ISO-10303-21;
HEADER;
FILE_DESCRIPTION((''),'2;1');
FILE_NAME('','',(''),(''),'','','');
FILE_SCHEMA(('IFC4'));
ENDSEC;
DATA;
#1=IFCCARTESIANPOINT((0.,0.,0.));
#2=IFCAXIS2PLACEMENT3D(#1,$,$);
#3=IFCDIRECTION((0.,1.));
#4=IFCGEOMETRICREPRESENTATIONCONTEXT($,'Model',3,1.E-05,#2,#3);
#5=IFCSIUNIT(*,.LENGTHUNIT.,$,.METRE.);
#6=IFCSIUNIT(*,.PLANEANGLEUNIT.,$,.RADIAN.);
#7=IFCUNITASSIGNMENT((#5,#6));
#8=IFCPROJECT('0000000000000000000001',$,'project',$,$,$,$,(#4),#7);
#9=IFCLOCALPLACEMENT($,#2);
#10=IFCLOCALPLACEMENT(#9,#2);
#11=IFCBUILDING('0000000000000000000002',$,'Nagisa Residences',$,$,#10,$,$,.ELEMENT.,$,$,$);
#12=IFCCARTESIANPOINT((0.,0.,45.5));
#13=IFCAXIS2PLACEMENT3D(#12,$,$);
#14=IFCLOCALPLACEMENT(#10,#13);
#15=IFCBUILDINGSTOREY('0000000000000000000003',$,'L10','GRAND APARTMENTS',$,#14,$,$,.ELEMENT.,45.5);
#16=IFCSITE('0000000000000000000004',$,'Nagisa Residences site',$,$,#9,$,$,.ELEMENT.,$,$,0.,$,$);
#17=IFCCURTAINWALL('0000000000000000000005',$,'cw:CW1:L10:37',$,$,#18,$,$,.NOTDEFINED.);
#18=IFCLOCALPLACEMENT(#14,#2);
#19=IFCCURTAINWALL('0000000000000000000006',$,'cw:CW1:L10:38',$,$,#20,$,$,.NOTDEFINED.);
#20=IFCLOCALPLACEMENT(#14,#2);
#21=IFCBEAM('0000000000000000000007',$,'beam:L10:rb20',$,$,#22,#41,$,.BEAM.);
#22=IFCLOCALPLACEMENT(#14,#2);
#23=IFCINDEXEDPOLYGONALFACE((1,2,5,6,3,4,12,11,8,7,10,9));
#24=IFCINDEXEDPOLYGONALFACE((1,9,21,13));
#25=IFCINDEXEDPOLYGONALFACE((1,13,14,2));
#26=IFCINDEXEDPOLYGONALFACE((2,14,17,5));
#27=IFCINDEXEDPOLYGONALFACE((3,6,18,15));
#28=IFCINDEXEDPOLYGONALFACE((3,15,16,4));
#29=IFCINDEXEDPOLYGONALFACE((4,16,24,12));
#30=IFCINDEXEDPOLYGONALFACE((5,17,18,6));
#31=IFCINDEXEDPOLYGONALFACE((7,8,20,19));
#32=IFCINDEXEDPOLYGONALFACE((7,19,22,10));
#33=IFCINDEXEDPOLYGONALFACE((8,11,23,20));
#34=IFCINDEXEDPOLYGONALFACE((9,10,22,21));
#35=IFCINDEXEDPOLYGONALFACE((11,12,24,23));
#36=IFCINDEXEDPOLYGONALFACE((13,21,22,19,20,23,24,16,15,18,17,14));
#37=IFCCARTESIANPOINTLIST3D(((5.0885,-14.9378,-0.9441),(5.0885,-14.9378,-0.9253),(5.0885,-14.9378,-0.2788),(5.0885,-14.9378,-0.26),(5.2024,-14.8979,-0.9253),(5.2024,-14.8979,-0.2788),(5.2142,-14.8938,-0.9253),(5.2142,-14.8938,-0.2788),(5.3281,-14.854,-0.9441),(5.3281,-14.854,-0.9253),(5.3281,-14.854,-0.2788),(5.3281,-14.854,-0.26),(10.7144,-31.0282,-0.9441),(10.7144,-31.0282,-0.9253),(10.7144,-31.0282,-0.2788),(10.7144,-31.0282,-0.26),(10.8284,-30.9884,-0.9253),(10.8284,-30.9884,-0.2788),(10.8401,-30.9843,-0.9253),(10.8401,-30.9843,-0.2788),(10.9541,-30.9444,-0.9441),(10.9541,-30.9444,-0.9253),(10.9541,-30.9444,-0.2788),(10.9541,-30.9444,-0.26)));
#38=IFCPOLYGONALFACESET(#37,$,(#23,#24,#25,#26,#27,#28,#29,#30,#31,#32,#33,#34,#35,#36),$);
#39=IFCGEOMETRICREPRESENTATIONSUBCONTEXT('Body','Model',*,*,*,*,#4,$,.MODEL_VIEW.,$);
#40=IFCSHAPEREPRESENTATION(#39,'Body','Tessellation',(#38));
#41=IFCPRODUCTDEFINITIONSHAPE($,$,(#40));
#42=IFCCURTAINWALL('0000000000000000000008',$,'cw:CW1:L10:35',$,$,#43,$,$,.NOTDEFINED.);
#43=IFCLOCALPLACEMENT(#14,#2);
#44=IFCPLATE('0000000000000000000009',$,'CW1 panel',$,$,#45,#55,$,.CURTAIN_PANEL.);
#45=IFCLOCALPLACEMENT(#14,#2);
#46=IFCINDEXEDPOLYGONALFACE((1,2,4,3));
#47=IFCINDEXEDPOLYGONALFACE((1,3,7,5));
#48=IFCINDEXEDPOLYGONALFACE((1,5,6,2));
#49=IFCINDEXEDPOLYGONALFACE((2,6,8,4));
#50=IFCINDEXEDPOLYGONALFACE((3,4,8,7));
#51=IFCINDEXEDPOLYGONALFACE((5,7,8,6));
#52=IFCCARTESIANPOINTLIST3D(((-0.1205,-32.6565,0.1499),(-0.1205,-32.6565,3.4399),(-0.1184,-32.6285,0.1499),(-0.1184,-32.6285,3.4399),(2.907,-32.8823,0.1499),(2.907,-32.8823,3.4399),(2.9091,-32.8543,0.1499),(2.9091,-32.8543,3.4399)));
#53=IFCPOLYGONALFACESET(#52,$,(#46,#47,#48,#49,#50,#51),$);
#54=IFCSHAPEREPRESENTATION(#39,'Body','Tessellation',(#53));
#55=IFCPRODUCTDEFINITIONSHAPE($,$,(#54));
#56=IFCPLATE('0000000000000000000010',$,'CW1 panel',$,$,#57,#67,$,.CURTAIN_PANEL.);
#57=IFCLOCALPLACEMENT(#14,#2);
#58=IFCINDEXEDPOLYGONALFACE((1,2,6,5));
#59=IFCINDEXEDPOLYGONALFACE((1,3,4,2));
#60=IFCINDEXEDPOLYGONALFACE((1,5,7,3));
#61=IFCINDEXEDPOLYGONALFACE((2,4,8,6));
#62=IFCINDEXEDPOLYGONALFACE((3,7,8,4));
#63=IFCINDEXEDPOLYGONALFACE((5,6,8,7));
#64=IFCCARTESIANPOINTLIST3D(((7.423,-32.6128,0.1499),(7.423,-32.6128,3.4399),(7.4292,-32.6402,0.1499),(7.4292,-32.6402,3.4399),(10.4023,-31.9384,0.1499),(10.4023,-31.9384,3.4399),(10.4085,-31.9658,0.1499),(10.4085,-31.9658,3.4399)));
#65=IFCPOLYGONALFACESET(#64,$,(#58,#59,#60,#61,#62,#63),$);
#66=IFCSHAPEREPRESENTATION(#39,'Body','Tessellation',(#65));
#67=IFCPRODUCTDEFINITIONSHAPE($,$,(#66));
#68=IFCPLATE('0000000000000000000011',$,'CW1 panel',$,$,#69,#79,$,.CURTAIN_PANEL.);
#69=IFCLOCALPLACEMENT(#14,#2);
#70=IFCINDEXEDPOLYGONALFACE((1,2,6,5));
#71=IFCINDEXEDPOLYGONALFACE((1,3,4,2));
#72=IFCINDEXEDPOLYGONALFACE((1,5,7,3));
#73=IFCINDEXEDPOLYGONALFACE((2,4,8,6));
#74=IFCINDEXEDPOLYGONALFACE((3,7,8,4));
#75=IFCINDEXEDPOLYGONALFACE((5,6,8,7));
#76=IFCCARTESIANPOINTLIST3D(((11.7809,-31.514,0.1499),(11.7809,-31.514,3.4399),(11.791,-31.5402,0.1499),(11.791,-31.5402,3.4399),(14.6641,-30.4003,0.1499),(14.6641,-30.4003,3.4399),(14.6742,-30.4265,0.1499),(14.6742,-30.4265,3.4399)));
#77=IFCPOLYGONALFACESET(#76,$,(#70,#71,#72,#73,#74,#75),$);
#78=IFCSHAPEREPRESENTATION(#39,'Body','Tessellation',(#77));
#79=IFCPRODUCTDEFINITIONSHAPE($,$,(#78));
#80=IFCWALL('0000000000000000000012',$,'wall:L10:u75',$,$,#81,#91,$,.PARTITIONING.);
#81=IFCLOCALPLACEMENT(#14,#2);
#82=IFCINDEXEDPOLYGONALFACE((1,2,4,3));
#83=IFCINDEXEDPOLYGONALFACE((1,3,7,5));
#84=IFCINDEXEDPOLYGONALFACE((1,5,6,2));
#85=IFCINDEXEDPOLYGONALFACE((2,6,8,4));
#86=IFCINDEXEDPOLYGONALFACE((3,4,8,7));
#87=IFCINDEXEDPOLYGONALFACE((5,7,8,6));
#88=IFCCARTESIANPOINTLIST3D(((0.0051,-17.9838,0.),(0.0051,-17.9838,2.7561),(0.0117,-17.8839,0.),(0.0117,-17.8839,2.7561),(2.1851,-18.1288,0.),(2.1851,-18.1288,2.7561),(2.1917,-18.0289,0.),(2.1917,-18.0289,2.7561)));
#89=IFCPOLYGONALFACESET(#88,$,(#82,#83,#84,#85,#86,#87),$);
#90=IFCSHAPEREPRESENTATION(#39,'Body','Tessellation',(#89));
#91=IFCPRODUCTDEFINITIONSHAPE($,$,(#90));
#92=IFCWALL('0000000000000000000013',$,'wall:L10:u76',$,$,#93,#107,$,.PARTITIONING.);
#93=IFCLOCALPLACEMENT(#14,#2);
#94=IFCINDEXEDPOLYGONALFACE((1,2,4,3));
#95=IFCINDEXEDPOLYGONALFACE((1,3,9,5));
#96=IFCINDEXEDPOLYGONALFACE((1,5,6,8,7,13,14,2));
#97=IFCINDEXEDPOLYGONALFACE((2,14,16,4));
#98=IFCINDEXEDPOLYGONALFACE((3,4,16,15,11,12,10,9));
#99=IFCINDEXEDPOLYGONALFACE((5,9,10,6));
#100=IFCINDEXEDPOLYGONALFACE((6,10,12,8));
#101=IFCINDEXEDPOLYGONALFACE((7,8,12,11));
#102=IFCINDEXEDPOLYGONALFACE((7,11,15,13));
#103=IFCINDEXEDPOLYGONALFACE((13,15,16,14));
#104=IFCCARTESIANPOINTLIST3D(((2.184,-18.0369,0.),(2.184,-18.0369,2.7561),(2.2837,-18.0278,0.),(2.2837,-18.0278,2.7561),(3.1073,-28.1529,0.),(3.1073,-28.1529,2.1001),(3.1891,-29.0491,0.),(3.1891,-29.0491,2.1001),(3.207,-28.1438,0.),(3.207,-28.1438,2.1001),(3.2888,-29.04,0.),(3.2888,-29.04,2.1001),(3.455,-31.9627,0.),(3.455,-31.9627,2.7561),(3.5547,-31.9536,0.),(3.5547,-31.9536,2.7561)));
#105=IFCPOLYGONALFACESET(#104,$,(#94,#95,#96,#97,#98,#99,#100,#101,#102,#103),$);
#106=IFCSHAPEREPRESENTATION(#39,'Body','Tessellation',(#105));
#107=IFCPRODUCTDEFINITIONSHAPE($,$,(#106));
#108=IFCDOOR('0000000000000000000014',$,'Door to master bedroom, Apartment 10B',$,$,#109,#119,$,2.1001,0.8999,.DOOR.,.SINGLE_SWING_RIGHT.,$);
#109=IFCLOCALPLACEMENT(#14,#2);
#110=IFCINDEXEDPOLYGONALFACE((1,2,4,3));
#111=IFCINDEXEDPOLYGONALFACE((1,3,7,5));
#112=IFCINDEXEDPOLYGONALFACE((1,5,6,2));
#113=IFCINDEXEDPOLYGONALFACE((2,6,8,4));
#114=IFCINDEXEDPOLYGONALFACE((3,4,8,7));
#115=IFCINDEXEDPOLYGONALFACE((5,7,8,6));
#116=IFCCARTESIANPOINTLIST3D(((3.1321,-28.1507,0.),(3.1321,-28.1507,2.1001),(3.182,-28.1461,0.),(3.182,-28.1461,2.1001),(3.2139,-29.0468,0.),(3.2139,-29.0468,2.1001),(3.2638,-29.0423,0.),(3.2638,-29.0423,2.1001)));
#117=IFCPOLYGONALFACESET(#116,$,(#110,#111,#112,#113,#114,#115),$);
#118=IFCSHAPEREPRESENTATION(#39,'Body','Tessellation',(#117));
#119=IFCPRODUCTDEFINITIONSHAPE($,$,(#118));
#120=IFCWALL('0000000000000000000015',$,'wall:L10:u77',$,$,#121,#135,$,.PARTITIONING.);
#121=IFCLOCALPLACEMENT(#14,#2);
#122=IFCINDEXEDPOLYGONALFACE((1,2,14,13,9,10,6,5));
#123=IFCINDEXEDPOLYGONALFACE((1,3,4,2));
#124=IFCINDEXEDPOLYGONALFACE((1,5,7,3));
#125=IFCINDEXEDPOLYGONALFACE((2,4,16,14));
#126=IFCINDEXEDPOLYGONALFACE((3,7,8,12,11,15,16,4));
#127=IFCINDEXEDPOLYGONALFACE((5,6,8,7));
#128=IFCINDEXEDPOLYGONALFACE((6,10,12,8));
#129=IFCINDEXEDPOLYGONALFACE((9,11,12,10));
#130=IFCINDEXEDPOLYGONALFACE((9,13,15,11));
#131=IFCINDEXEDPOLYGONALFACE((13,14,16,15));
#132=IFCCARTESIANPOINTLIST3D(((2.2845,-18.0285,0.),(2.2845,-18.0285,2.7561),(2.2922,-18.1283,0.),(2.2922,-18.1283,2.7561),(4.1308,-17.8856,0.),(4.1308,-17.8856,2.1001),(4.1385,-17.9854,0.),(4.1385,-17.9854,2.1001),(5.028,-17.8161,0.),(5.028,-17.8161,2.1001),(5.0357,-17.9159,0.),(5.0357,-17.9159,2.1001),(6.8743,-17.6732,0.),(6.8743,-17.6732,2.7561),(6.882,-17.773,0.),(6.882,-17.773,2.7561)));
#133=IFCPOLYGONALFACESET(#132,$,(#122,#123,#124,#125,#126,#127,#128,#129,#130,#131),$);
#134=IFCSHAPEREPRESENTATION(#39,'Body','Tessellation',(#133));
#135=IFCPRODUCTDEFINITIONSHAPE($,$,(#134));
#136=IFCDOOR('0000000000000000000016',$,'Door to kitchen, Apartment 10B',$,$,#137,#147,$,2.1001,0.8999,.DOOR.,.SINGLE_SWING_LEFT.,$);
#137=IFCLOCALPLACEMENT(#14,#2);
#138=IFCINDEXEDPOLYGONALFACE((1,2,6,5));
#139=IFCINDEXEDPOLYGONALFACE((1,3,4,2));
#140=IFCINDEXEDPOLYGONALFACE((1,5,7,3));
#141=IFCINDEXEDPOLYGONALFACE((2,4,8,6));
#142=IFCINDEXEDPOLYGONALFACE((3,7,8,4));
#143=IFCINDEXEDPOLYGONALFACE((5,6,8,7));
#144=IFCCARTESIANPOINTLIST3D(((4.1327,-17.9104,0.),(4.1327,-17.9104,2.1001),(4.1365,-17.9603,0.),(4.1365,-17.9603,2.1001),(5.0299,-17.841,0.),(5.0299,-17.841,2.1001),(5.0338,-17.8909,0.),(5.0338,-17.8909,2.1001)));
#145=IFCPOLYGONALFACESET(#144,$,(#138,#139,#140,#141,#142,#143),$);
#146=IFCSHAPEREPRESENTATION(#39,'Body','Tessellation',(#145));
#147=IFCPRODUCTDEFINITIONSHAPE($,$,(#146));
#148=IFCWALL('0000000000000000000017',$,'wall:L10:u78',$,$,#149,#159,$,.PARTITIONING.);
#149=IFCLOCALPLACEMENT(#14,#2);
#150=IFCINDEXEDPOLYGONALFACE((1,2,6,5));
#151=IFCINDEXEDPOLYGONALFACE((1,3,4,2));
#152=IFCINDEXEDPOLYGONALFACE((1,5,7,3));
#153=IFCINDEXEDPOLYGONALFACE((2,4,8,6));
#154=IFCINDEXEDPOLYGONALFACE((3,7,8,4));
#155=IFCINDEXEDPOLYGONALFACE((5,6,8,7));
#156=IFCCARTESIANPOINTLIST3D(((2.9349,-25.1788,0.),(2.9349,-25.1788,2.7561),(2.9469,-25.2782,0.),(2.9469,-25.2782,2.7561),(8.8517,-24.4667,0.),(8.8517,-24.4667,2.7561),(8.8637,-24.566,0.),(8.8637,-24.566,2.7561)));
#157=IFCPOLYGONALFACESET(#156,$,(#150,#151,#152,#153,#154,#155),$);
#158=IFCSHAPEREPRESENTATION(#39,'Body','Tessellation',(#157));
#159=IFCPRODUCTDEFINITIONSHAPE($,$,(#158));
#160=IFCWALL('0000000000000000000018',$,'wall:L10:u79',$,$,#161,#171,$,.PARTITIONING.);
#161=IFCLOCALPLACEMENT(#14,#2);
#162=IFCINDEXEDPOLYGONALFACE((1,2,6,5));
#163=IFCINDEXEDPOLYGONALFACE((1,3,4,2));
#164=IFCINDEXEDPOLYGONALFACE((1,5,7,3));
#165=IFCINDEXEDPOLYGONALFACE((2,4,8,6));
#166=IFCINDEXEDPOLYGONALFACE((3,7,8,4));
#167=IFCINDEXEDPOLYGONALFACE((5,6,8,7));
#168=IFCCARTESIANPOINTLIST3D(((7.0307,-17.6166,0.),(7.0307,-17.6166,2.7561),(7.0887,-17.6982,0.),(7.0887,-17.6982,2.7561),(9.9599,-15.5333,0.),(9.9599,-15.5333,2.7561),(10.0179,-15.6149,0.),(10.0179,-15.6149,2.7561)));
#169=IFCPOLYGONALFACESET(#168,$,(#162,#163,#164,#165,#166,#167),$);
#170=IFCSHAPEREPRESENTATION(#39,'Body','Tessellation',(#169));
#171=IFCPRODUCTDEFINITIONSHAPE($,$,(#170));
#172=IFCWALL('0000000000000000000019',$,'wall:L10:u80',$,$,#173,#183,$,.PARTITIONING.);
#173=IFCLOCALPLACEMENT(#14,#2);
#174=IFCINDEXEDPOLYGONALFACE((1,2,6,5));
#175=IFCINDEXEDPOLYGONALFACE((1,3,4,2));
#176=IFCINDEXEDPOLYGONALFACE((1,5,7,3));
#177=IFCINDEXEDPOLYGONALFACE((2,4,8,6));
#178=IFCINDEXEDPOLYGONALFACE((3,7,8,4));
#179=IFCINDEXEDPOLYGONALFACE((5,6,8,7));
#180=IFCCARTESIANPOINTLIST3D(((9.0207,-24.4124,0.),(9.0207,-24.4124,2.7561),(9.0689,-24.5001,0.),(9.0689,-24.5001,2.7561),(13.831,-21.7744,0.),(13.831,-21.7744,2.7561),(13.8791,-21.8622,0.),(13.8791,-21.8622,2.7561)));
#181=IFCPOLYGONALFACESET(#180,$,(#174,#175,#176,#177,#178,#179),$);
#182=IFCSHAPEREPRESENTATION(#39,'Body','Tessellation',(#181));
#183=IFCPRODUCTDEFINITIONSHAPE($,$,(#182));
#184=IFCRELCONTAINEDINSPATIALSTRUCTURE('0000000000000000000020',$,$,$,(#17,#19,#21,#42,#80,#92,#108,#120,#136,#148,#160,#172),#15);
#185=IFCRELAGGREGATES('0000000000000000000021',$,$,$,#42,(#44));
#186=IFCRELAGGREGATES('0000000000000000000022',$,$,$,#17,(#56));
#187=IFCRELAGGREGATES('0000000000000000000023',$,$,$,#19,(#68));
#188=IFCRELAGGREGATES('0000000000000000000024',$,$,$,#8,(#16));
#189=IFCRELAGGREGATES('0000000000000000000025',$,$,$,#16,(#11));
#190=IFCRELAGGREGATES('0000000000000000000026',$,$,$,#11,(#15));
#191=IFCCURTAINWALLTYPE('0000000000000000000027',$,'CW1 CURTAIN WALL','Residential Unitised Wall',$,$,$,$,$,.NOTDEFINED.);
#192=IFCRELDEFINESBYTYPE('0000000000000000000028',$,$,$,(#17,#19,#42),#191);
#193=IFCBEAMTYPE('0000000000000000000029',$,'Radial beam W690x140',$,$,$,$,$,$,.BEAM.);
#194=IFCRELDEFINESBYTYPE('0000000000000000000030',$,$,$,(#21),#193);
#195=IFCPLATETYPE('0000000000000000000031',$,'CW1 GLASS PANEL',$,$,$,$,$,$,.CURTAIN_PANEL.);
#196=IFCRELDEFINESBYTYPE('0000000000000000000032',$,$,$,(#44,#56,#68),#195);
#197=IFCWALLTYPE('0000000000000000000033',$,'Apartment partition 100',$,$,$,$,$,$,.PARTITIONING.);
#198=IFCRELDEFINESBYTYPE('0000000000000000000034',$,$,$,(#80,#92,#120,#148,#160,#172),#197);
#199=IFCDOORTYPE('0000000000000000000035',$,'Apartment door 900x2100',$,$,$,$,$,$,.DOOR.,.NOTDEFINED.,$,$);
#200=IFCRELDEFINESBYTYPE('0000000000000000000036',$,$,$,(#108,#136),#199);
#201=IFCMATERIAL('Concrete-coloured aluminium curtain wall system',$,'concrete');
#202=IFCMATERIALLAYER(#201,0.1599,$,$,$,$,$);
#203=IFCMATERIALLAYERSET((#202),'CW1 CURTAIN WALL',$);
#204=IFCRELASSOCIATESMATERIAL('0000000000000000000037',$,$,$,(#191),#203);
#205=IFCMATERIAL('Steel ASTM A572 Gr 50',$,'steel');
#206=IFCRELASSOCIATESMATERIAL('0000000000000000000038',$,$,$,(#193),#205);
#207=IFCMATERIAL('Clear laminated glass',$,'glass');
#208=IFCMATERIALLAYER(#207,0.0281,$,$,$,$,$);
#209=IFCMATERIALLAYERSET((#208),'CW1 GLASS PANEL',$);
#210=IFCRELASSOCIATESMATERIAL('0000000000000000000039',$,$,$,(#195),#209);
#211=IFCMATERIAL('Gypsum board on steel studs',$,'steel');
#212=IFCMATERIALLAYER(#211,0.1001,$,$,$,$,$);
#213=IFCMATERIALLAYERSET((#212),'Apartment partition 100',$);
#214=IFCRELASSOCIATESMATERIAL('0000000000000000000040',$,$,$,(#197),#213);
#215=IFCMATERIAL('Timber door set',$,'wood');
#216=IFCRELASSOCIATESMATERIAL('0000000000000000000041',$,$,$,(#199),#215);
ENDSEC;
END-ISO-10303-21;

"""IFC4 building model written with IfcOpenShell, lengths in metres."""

from ifc_helpers import new_model, si_unit, direction, frame, frame_2d, origin, origin_2d, place, context, subcontext, project, spatial, rectangle, i_section, extrude, material, layer, layer_set, material_profile, profile_set, type_object, element, fill, aggregate, save


model = new_model("IFC4")

# Units and contexts
model_context = context("Model", 3, precision=1e-05, world=origin(), true_north=direction((0.0, 1.0)))
body_context = subcontext(model_context, "Body", "Model", "MODEL_VIEW")
ifc_project = project(units=[si_unit("LENGTHUNIT", "METRE"), si_unit("PLANEANGLEUNIT", "RADIAN")], contexts=[model_context])

# Site, building, storey
site_placement = place(None, origin())
site = spatial("IfcSite", under=ifc_project, at=site_placement, Name="Nagisa Residences site", CompositionType="ELEMENT", RefElevation=0.0)
building_placement = place(site_placement, origin())
building = spatial("IfcBuilding", under=site, at=building_placement, Name="Nagisa Residences", CompositionType="ELEMENT")
storey_placement = place(building_placement, frame((0.0, 0.0, 45.5)))
storey = spatial("IfcBuildingStorey", under=building, at=storey_placement, Name="L10", Description="GRAND APARTMENTS", CompositionType="ELEMENT", Elevation=45.5)

# Curtain walls
ifc_material_1 = material(Name="Concrete-coloured aluminium curtain wall system", Category="concrete")
ifc_layer_1 = layer(ifc_material_1, 0.1599)
ifc_layer_set_1 = layer_set([ifc_layer_1], Name="CW1 CURTAIN WALL")
curtain_wall_type = type_object("IfcCurtainWallType", Name="CW1 CURTAIN WALL", Description="Residential Unitised Wall", PredefinedType="NOTDEFINED", material=ifc_layer_set_1)
curtain_wall_1_placement = place(storey_placement, origin())
curtain_wall_1 = element("IfcCurtainWall", 1, at=curtain_wall_1_placement, inside=storey, type_object=curtain_wall_type, Name="cw:CW1:L10:37", PredefinedType="NOTDEFINED")
curtain_wall_2_placement = place(storey_placement, origin())
curtain_wall_2 = element("IfcCurtainWall", 2, at=curtain_wall_2_placement, inside=storey, type_object=curtain_wall_type, Name="cw:CW1:L10:38", PredefinedType="NOTDEFINED")

# Beam
ifc_material_2 = material(Name="Steel ASTM A572 Gr 50", Category="steel")
ifc_material_profile_1 = material_profile(ifc_material_2, i_section(OverallWidth=0.2539, OverallDepth=0.6841, WebThickness=0.0125, FlangeThickness=0.0188, at=origin_2d()), Name="W690x140")
ifc_profile_set_1 = profile_set([ifc_material_profile_1], Name="Steel ASTM A572 Gr 50")
beam_type_1 = type_object("IfcBeamType", Name="Radial beam W690x140", PredefinedType="BEAM", material=ifc_profile_set_1)
beam_1_placement = place(storey_placement, frame((10.8342, -30.9863, -0.6021), z_axis=(-0.330051, 0.943963, 0.0), x_axis=(-0.943963, -0.330051, 0.0)))
element("IfcBeam", 3, at=beam_1_placement, inside=storey, type_object=beam_type_1, Name="beam:L10:rb20", PredefinedType="BEAM", context=body_context, shape_type="SweptSolid", body=[
    extrude(i_section(OverallWidth=0.2539, OverallDepth=0.6841, WebThickness=0.0125, FlangeThickness=0.0188, at=origin_2d()), origin(), (0.0, 0.0, 1.0), 17.0457),
])

# Curtain wall, plate
curtain_wall_3_placement = place(storey_placement, origin())
curtain_wall_3 = element("IfcCurtainWall", 4, at=curtain_wall_3_placement, inside=storey, type_object=curtain_wall_type, Name="cw:CW1:L10:35", PredefinedType="NOTDEFINED")
ifc_material_3 = material(Name="Clear laminated glass", Category="glass")
ifc_layer_2 = layer(ifc_material_3, 0.0281)
ifc_layer_set_2 = layer_set([ifc_layer_2], Name="CW1 GLASS PANEL")
plate_type = type_object("IfcPlateType", Name="CW1 GLASS PANEL", PredefinedType="CURTAIN_PANEL", material=ifc_layer_set_2)
plate_1_placement = place(storey_placement, frame((1.3943, -32.7554, 0.1499), z_axis=(0.0, 0.0, 1.0), x_axis=(0.99723, -0.074377, 0.0)))
plate_1 = element("IfcPlate", 5, at=plate_1_placement, type_object=plate_type, Name="CW1 panel", PredefinedType="CURTAIN_PANEL", context=body_context, shape_type="SweptSolid", body=[
    extrude(rectangle(XDim=3.0359, YDim=0.0281, at=origin_2d()), origin(), (0.0, 0.0, 1.0), 3.29),
])
aggregate(curtain_wall_3, [plate_1])

# Plates
plate_2_placement = place(storey_placement, frame((8.9158, -32.2893, 0.1499), z_axis=(0.0, 0.0, 1.0), x_axis=(0.975327, 0.220764, 0.0)))
plate_2 = element("IfcPlate", 6, at=plate_2_placement, type_object=plate_type, Name="CW1 panel", PredefinedType="CURTAIN_PANEL", context=body_context, shape_type="SweptSolid", body=[
    extrude(rectangle(XDim=3.0547, YDim=0.0281, at=origin_2d()), origin(), (0.0, 0.0, 1.0), 3.29),
])
aggregate(curtain_wall_1, [plate_2])
plate_3_placement = place(storey_placement, frame((13.2275, -30.9702, 0.1499), z_axis=(0.0, 0.0, 1.0), x_axis=(0.932826, 0.360328, 0.0)))
plate_3 = element("IfcPlate", 7, at=plate_3_placement, type_object=plate_type, Name="CW1 panel", PredefinedType="CURTAIN_PANEL", context=body_context, shape_type="SweptSolid", body=[
    extrude(rectangle(XDim=3.0908, YDim=0.0281, at=origin_2d()), origin(), (0.0, 0.0, 1.0), 3.29),
])
aggregate(curtain_wall_2, [plate_3])

# Wall
ifc_material_4 = material(Name="Gypsum board on steel studs", Category="steel")
ifc_layer_3 = layer(ifc_material_4, 0.1001)
ifc_layer_set_3 = layer_set([ifc_layer_3], Name="Apartment partition 100")
wall_type_1 = type_object("IfcWallType", Name="Apartment partition 100", PredefinedType="PARTITIONING", material=ifc_layer_set_3)
wall_1_placement = place(storey_placement, frame((0.0085, -17.9338, 0.0), z_axis=(0.0, 0.0, 1.0), x_axis=(0.997795, -0.066378, 0.0)))
element("IfcWall", 8, at=wall_1_placement, inside=storey, type_object=wall_type_1, Name="wall:L10:u75", PredefinedType="PARTITIONING", context=body_context, shape_type="SweptSolid", body=[
    extrude(rectangle(XDim=2.1848, YDim=0.1001, at=frame_2d((1.0923, 0.0))), origin(), (0.0, 0.0, 1.0), 2.7561),
])

# Walls, openings, doors
wall_2_placement = place(storey_placement, frame((2.2339, -18.0325, 0.0), z_axis=(0.0, 0.0, 1.0), x_axis=(0.090892, -0.995861, 0.0)))
wall_2 = element("IfcWall", 9, at=wall_2_placement, inside=storey, type_object=wall_type_1, Name="wall:L10:u76", PredefinedType="PARTITIONING", context=body_context, shape_type="SweptSolid", body=[
    extrude(rectangle(XDim=13.9836, YDim=0.1001, at=frame_2d((6.9917, 0.0))), origin(), (0.0, 0.0, 1.0), 2.7561),
])
opening_1_placement = place(wall_2_placement, frame((10.158, 0.0, 0.0)))
opening_1 = element("IfcOpeningElement", 10, at=opening_1_placement, cuts=wall_2, PredefinedType="OPENING", context=body_context, shape_type="SweptSolid", body=[
    extrude(rectangle(XDim=0.8999, YDim=2.1001, at=frame_2d((0.45, 1.05))), frame((0.0, 0.0601, 0.0), z_axis=(0.0, -1.0, 0.0), x_axis=(1.0, 0.0, 0.0)), (0.0, 0.0, 1.0), 0.1201),
])
ifc_material_5 = material(Name="Timber door set", Category="wood")
door_type_1 = type_object("IfcDoorType", Name="Apartment door 900x2100", OperationType="NOTDEFINED", PredefinedType="DOOR", material=ifc_material_5)
door_1_placement = place(opening_1_placement, origin())
door_1 = element("IfcDoor", 11, at=door_1_placement, inside=storey, type_object=door_type_1, Name="Door to master bedroom, Apartment 10B", OperationType="SINGLE_SWING_RIGHT", OverallHeight=2.1001, OverallWidth=0.8999, PredefinedType="DOOR", context=body_context, shape_type="SweptSolid", body=[
    extrude(rectangle(XDim=0.8999, YDim=2.1001, at=frame_2d((0.45, 1.05))), frame((0.0, 0.0249, 0.0), z_axis=(0.0, -1.0, 0.0), x_axis=(1.0, 0.0, 0.0)), (0.0, 0.0, 1.0), 0.05),
])
fill(opening_1, door_1)
wall_3_placement = place(storey_placement, frame((2.2883, -18.0784, 0.0), z_axis=(0.0, 0.0, 1.0), x_axis=(0.997019, 0.077163, 0.0)))
wall_3 = element("IfcWall", 12, at=wall_3_placement, inside=storey, type_object=wall_type_1, Name="wall:L10:u77", PredefinedType="PARTITIONING", context=body_context, shape_type="SweptSolid", body=[
    extrude(rectangle(XDim=4.6035, YDim=0.1001, at=frame_2d((2.3018, 0.0))), origin(), (0.0, 0.0, 1.0), 2.7561),
])
opening_2_placement = place(wall_3_placement, frame((1.8518, 0.0, 0.0)))
opening_2 = element("IfcOpeningElement", 13, at=opening_2_placement, cuts=wall_3, PredefinedType="OPENING", context=body_context, shape_type="SweptSolid", body=[
    extrude(rectangle(XDim=0.8999, YDim=2.1001, at=frame_2d((0.45, 1.05))), frame((0.0, 0.0601, 0.0), z_axis=(0.0, -1.0, 0.0), x_axis=(1.0, 0.0, 0.0)), (0.0, 0.0, 1.0), 0.1201),
])
door_2_placement = place(opening_2_placement, frame((0.8999, 0.0, 0.0), x_axis=(-1.0, 0.0, 0.0)))
door_2 = element("IfcDoor", 14, at=door_2_placement, inside=storey, type_object=door_type_1, Name="Door to kitchen, Apartment 10B", OperationType="SINGLE_SWING_LEFT", OverallHeight=2.1001, OverallWidth=0.8999, PredefinedType="DOOR", context=body_context, shape_type="SweptSolid", body=[
    extrude(rectangle(XDim=0.8999, YDim=2.1001, at=frame_2d((0.45, 1.05))), frame((0.0, 0.0249, 0.0), z_axis=(0.0, -1.0, 0.0), x_axis=(1.0, 0.0, 0.0)), (0.0, 0.0, 1.0), 0.05),
])
fill(opening_2, door_2)

# Walls
wall_4_placement = place(storey_placement, frame((2.9409, -25.2285, 0.0), z_axis=(0.0, 0.0, 1.0), x_axis=(0.992834, 0.119501, 0.0)))
element("IfcWall", 15, at=wall_4_placement, inside=storey, type_object=wall_type_1, Name="wall:L10:u78", PredefinedType="PARTITIONING", context=body_context, shape_type="SweptSolid", body=[
    extrude(rectangle(XDim=5.9595, YDim=0.1001, at=frame_2d((2.9797, 0.0))), origin(), (0.0, 0.0, 1.0), 2.7561),
])
wall_5_placement = place(storey_placement, frame((7.0596, -17.6575, 0.0), z_axis=(0.0, 0.0, 1.0), x_axis=(0.81492, 0.579573, 0.0)))
element("IfcWall", 16, at=wall_5_placement, inside=storey, type_object=wall_type_1, Name="wall:L10:u79", PredefinedType="PARTITIONING", context=body_context, shape_type="SweptSolid", body=[
    extrude(rectangle(XDim=3.5945, YDim=0.1001, at=frame_2d((1.7974, 0.0))), origin(), (0.0, 0.0, 1.0), 2.7561),
])
wall_6_placement = place(storey_placement, frame((9.0447, -24.4563, 0.0), z_axis=(0.0, 0.0, 1.0), x_axis=(0.87681, 0.480837, 0.0)))
element("IfcWall", 17, at=wall_6_placement, inside=storey, type_object=wall_type_1, Name="wall:L10:u80", PredefinedType="PARTITIONING", context=body_context, shape_type="SweptSolid", body=[
    extrude(rectangle(XDim=5.4861, YDim=0.1001, at=frame_2d((2.7432, 0.0))), origin(), (0.0, 0.0, 1.0), 2.7561),
])

save(model, "model.ifc")
